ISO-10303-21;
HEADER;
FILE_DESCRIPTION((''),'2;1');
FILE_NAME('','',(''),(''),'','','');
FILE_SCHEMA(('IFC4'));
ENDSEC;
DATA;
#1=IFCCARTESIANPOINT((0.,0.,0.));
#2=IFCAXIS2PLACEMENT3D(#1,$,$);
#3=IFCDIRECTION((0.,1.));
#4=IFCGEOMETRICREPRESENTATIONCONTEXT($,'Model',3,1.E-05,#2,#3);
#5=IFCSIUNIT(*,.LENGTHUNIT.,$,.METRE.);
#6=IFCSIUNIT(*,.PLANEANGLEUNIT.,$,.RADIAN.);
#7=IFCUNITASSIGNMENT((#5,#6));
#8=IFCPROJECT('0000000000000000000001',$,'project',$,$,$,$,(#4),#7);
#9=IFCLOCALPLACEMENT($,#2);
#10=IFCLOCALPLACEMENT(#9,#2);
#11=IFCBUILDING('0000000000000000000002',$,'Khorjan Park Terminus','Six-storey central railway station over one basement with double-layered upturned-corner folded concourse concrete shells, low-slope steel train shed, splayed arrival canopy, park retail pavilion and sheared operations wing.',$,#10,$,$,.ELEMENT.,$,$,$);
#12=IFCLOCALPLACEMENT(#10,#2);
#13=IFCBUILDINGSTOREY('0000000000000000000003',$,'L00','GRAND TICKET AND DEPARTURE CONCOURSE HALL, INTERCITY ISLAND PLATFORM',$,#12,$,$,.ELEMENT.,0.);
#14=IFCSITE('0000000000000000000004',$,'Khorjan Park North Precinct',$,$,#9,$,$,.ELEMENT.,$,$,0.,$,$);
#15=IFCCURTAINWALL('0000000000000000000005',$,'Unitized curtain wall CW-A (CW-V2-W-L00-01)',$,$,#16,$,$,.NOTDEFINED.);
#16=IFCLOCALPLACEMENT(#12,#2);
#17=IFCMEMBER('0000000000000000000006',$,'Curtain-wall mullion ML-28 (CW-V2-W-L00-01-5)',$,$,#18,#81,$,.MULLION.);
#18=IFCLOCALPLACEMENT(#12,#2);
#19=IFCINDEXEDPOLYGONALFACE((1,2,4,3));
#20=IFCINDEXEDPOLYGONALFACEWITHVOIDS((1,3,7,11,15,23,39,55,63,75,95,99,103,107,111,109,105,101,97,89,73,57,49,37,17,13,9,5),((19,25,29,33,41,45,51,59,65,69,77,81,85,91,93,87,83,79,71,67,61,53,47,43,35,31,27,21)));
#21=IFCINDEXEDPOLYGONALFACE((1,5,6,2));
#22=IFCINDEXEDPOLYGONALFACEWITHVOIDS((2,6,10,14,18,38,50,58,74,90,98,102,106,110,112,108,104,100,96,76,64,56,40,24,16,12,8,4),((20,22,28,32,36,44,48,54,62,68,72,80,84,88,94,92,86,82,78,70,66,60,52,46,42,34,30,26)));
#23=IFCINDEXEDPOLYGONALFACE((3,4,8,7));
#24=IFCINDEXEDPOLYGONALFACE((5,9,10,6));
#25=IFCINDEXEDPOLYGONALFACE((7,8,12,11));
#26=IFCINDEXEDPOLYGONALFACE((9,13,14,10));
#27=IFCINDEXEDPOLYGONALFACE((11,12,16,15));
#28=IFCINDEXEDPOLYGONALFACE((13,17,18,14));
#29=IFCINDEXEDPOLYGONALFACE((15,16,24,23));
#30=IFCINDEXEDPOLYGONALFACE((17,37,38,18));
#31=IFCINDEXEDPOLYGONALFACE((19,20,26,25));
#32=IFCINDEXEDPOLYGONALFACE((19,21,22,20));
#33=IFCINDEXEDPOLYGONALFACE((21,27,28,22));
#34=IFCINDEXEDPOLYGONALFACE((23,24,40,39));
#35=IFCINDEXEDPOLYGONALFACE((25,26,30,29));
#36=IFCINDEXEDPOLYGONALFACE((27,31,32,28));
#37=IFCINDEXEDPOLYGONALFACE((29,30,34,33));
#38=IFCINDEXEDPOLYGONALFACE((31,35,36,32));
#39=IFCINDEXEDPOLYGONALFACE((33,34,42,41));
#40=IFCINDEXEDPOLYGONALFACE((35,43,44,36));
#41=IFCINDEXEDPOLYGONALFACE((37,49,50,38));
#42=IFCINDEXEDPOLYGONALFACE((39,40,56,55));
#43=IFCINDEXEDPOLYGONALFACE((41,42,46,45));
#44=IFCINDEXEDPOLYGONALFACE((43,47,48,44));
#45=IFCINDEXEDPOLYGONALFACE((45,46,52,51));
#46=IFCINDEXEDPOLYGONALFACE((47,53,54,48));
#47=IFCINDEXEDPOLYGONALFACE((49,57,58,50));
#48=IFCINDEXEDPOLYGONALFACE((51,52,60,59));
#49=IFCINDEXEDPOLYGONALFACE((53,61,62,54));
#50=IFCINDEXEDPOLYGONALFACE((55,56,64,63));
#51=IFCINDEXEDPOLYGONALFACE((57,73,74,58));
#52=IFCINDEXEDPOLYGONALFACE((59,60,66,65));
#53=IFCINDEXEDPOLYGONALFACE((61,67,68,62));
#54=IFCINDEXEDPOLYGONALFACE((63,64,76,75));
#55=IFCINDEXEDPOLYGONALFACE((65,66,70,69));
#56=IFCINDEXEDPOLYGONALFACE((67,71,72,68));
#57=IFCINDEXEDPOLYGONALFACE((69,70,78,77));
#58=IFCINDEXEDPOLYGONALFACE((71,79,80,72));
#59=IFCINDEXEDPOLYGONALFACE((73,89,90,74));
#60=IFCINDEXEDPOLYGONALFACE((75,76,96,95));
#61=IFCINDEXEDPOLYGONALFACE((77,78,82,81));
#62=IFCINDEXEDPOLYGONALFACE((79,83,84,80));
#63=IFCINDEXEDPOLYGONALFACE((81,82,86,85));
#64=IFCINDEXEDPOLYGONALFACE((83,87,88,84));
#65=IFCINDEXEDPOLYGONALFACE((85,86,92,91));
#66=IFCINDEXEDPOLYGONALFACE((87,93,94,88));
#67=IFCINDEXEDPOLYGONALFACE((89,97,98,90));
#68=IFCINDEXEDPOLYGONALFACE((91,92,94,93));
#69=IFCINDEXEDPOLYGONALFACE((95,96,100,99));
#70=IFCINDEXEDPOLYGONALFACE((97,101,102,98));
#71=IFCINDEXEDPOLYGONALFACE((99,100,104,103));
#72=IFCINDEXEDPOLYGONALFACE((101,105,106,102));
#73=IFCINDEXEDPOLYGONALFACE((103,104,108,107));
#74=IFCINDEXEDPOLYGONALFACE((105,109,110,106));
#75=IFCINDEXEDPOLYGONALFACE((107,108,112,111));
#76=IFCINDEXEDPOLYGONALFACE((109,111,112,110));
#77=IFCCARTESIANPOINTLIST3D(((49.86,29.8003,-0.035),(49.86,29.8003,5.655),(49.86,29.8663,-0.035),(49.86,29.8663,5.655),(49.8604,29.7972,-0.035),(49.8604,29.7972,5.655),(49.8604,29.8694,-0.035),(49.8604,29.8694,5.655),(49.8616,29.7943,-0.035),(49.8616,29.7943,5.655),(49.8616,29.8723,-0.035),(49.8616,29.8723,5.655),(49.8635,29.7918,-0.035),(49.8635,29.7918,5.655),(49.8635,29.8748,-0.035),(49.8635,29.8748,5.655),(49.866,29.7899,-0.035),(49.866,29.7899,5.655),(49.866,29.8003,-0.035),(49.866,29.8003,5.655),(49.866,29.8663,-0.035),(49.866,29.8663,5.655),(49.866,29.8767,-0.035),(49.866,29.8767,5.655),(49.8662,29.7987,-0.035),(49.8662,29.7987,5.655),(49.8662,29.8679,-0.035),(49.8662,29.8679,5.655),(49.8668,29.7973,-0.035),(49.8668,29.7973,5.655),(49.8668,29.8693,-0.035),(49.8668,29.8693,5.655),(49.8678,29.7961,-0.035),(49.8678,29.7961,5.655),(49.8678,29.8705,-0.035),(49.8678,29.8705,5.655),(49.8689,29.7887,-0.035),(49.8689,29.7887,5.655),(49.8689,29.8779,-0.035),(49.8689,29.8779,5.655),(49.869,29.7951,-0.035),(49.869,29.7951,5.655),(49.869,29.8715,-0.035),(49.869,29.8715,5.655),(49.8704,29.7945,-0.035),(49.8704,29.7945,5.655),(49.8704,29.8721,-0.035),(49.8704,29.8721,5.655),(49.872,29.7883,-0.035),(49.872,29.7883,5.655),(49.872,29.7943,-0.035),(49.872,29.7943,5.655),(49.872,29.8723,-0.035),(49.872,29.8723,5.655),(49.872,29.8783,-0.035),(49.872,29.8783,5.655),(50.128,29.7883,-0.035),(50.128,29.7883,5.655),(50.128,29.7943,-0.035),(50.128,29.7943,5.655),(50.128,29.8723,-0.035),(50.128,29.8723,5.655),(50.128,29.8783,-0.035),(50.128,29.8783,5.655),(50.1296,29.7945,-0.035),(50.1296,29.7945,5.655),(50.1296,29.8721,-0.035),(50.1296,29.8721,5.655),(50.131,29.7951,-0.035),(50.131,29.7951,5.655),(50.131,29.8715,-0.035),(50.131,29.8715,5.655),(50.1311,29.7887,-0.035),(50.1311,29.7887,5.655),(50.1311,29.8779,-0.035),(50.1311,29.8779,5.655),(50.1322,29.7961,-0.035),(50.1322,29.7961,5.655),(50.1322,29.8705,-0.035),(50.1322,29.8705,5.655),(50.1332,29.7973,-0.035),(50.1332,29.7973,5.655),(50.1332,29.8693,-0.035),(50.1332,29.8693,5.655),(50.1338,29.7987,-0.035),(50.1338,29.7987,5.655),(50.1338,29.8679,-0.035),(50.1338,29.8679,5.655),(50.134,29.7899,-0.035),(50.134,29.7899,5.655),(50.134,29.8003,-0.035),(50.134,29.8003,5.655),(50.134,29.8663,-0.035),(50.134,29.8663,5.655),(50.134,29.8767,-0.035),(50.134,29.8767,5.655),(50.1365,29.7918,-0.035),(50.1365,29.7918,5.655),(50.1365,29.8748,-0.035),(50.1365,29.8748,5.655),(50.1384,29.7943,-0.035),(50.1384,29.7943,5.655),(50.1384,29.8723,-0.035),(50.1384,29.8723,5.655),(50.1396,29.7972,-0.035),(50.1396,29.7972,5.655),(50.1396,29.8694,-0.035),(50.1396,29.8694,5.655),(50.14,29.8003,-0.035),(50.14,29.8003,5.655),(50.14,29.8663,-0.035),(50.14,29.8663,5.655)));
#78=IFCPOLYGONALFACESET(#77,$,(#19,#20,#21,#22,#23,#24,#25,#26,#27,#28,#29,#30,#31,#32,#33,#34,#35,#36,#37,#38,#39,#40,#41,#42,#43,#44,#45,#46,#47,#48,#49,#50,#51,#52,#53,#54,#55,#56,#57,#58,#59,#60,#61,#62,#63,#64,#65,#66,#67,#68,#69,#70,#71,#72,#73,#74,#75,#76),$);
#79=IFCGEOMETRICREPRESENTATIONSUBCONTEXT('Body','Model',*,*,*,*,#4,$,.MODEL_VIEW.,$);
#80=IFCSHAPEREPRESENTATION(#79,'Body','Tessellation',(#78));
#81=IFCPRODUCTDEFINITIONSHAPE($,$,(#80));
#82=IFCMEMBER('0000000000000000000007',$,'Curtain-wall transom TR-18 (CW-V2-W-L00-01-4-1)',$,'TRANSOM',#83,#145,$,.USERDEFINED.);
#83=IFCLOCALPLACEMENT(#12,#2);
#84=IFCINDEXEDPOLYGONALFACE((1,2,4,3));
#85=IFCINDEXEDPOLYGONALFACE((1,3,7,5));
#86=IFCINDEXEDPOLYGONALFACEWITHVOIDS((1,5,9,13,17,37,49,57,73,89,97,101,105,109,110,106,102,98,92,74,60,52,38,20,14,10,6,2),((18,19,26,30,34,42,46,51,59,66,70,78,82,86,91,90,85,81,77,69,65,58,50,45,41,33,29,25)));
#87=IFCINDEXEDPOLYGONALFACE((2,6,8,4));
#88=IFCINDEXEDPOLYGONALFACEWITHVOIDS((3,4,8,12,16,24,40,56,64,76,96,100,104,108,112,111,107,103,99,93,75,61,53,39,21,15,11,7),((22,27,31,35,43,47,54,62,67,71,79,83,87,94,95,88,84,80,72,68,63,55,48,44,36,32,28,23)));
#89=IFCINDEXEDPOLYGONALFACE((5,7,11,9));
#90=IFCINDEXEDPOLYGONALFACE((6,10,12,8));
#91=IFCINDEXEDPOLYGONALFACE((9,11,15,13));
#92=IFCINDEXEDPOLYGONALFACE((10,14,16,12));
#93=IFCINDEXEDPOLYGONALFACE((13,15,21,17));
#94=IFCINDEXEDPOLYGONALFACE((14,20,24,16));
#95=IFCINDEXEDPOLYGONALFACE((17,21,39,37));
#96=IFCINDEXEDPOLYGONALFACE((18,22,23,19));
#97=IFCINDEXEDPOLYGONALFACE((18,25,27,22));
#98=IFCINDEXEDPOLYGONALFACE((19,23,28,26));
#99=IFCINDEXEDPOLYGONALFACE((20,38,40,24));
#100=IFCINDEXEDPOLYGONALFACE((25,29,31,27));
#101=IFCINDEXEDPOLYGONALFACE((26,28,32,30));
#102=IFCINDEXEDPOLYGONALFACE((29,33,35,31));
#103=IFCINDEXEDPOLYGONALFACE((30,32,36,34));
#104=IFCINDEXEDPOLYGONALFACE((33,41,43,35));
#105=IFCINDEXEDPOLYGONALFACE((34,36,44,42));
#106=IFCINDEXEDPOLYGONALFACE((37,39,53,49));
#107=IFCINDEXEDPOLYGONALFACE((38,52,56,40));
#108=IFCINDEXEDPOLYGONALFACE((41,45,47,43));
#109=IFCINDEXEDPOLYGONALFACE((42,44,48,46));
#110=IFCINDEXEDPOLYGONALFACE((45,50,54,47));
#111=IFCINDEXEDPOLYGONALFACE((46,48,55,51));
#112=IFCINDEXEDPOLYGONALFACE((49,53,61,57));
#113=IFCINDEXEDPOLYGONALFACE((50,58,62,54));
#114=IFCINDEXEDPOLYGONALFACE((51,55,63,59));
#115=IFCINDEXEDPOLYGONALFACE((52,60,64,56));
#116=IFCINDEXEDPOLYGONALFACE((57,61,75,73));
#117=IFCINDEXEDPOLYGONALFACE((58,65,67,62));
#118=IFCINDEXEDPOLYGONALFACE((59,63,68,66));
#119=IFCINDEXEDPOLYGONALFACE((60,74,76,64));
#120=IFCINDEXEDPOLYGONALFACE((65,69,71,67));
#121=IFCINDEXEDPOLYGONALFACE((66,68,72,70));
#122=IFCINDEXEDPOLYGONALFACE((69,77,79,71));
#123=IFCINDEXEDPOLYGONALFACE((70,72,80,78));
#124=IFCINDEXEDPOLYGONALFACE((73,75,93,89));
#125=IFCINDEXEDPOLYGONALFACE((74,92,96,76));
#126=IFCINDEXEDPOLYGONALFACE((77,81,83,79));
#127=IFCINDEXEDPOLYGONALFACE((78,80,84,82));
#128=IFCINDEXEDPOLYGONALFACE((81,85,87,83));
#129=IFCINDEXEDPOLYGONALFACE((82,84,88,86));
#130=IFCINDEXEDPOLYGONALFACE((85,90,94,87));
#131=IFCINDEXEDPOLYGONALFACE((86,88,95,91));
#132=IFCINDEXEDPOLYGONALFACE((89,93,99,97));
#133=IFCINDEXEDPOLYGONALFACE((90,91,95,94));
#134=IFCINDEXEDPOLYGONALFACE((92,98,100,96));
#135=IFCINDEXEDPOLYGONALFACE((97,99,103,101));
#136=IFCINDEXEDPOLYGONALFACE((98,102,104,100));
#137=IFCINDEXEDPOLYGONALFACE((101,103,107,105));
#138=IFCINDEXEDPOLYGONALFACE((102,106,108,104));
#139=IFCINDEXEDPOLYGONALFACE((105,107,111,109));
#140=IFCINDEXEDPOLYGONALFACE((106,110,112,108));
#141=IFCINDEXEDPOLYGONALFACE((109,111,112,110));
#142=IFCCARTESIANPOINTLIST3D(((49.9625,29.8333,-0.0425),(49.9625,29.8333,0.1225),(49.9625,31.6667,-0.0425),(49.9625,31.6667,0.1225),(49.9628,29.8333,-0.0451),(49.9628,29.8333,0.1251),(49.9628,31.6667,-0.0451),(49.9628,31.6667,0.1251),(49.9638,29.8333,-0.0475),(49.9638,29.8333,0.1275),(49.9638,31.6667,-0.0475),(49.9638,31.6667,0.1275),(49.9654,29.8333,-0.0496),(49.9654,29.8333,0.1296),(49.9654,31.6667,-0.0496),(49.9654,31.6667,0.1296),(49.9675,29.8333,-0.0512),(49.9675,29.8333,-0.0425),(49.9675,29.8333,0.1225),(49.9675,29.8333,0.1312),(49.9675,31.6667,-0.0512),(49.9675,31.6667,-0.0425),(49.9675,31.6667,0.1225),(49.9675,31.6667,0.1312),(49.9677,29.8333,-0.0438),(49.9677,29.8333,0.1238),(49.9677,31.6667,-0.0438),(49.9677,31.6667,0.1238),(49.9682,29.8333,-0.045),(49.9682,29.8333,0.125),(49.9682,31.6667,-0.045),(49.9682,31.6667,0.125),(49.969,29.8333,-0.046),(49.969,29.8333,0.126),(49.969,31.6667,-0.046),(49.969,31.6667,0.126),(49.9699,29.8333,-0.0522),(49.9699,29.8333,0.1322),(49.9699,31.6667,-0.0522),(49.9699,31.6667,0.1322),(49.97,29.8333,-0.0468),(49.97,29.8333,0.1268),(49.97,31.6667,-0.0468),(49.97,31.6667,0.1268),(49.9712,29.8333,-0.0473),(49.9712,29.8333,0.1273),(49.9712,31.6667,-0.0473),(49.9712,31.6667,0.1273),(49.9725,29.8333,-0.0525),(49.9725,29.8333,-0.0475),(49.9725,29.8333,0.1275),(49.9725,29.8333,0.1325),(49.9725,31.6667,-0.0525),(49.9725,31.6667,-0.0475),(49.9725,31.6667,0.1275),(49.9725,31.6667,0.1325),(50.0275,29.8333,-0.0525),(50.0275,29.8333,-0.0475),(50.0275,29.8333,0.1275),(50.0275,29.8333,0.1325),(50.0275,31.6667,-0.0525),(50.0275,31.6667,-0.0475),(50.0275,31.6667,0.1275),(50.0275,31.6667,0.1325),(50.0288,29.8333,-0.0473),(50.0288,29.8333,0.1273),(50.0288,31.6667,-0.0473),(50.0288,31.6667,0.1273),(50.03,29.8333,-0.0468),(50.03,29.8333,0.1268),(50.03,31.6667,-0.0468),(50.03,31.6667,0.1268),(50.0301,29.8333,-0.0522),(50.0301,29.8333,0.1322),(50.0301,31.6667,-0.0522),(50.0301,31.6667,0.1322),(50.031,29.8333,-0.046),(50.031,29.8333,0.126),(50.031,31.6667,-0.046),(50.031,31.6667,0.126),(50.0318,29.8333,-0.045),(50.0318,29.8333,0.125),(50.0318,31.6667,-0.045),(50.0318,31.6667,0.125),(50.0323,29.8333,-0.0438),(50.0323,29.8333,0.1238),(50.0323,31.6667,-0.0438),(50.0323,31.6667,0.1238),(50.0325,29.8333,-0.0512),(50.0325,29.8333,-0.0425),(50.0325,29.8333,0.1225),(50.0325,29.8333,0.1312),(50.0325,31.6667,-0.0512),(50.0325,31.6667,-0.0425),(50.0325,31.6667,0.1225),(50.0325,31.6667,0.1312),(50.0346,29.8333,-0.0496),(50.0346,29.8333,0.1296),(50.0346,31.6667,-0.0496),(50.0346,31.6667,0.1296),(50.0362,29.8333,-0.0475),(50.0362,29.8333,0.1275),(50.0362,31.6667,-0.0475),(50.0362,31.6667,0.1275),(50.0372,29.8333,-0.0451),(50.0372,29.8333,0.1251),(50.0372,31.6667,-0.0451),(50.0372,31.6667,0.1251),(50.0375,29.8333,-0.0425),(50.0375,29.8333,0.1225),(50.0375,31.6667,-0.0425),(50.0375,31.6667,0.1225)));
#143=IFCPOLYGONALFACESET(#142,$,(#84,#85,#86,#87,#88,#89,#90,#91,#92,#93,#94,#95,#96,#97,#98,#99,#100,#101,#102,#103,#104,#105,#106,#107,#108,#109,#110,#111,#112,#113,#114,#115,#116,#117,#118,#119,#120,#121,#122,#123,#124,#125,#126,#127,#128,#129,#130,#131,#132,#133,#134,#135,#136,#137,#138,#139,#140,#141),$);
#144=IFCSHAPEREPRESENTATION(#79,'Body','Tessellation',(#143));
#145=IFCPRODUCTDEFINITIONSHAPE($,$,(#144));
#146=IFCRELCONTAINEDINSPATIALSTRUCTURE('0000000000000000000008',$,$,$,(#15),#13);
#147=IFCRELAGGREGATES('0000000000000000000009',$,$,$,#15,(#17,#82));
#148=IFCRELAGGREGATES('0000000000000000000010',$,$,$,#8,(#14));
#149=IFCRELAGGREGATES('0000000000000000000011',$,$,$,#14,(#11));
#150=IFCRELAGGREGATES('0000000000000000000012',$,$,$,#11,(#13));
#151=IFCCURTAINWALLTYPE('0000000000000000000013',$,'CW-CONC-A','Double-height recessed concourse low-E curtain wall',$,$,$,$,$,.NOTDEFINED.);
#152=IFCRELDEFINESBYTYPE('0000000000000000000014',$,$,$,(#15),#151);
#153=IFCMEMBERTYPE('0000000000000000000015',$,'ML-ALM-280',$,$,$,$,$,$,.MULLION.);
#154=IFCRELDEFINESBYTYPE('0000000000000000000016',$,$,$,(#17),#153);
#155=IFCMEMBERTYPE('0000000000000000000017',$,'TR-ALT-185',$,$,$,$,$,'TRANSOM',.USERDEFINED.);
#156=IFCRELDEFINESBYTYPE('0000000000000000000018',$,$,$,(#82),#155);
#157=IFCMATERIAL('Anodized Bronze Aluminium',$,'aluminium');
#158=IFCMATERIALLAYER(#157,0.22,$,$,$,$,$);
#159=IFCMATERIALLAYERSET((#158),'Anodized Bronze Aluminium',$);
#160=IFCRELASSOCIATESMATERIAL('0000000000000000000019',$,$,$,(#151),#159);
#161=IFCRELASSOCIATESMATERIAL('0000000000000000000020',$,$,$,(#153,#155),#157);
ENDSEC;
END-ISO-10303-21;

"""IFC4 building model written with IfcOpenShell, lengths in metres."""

from ifc_helpers import new_model, si_unit, direction, frame, origin, origin_2d, place, context, subcontext, project, spatial, hollow_rectangle, extrude, material, layer, layer_set, material_profile, profile_set, type_object, element, aggregate, save


model = new_model("IFC4")

# Units and contexts
model_context = context("Model", 3, precision=1e-05, world=origin(), true_north=direction((0.0, 1.0)))
body_context = subcontext(model_context, "Body", "Model", "MODEL_VIEW")
ifc_project = project(units=[si_unit("LENGTHUNIT", "METRE"), si_unit("PLANEANGLEUNIT", "RADIAN")], contexts=[model_context])

# Site, building, storey
site_placement = place(None, origin())
site = spatial("IfcSite", under=ifc_project, at=site_placement, Name="Khorjan Park North Precinct", CompositionType="ELEMENT", RefElevation=0.0)
building_placement = place(site_placement, origin())
building = spatial("IfcBuilding", under=site, at=building_placement, Name="Khorjan Park Terminus", Description="Six-storey central railway station over one basement with double-layered upturned-corner folded concourse concrete shells, low-slope steel train shed, splayed arrival canopy, park retail pavilion and sheared operations wing.", CompositionType="ELEMENT")
storey_placement = place(building_placement, origin())
storey = spatial("IfcBuildingStorey", under=building, at=storey_placement, Name="L00", Description="GRAND TICKET AND DEPARTURE CONCOURSE HALL, INTERCITY ISLAND PLATFORM", CompositionType="ELEMENT", Elevation=0.0)

# Curtain wall, members
ifc_material_1 = material(Name="Anodized Bronze Aluminium", Category="aluminium")
ifc_layer_1 = layer(ifc_material_1, 0.22)
ifc_layer_set_1 = layer_set([ifc_layer_1], Name="Anodized Bronze Aluminium")
curtain_wall_type = type_object("IfcCurtainWallType", Name="CW-CONC-A", Description="Double-height recessed concourse low-E curtain wall", PredefinedType="NOTDEFINED", material=ifc_layer_set_1)
curtain_wall_placement = place(storey_placement, origin())
curtain_wall = element("IfcCurtainWall", 1, at=curtain_wall_placement, inside=storey, type_object=curtain_wall_type, Name="Unitized curtain wall CW-A (CW-V2-W-L00-01)", PredefinedType="NOTDEFINED")
ifc_material_profile_1 = material_profile(ifc_material_1, hollow_rectangle(XDim=0.09, YDim=0.28, WallThickness=0.006, InnerFilletRadius=0.006, OuterFilletRadius=0.012, at=origin_2d()), Name="ALM 90x280x6")
ifc_profile_set_1 = profile_set([ifc_material_profile_1], Name="Anodized Bronze Aluminium")
member_type_1 = type_object("IfcMemberType", Name="ML-ALM-280", PredefinedType="MULLION", material=ifc_profile_set_1)
member_1_placement = place(storey_placement, frame((50.0, 29.8333, -0.035), z_axis=(0.0, 0.0, 1.0), x_axis=(0.0, -1.0, 0.0)))
member_1 = element("IfcMember", 2, at=member_1_placement, type_object=member_type_1, Name="Curtain-wall mullion ML-28 (CW-V2-W-L00-01-5)", PredefinedType="MULLION", context=body_context, shape_type="SweptSolid", body=[
    extrude(hollow_rectangle(XDim=0.09, YDim=0.28, WallThickness=0.006, InnerFilletRadius=0.006, OuterFilletRadius=0.012, at=origin_2d()), origin(), (0.0, 0.0, 1.0), 5.69),
])
ifc_material_profile_2 = material_profile(ifc_material_1, hollow_rectangle(XDim=0.075, YDim=0.185, WallThickness=0.005, InnerFilletRadius=0.005, OuterFilletRadius=0.01, at=origin_2d()), Name="ALT 75x185x5")
ifc_profile_set_2 = profile_set([ifc_material_profile_2], Name="Anodized Bronze Aluminium")
member_type_2 = type_object("IfcMemberType", Name="TR-ALT-185", ElementType="TRANSOM", PredefinedType="USERDEFINED", material=ifc_profile_set_2)
member_2_placement = place(storey_placement, frame((50.0, 31.6667, 0.04), z_axis=(0.0, -1.0, 0.0), x_axis=(1.0, 0.0, 0.0)))
member_2 = element("IfcMember", 3, at=member_2_placement, type_object=member_type_2, Name="Curtain-wall transom TR-18 (CW-V2-W-L00-01-4-1)", ObjectType="TRANSOM", PredefinedType="USERDEFINED", context=body_context, shape_type="SweptSolid", body=[
    extrude(hollow_rectangle(XDim=0.075, YDim=0.185, WallThickness=0.005, InnerFilletRadius=0.005, OuterFilletRadius=0.01, at=origin_2d()), origin(), (0.0, 0.0, 1.0), 1.8334),
])
aggregate(curtain_wall, [member_1, member_2])

save(model, "model.ifc")
